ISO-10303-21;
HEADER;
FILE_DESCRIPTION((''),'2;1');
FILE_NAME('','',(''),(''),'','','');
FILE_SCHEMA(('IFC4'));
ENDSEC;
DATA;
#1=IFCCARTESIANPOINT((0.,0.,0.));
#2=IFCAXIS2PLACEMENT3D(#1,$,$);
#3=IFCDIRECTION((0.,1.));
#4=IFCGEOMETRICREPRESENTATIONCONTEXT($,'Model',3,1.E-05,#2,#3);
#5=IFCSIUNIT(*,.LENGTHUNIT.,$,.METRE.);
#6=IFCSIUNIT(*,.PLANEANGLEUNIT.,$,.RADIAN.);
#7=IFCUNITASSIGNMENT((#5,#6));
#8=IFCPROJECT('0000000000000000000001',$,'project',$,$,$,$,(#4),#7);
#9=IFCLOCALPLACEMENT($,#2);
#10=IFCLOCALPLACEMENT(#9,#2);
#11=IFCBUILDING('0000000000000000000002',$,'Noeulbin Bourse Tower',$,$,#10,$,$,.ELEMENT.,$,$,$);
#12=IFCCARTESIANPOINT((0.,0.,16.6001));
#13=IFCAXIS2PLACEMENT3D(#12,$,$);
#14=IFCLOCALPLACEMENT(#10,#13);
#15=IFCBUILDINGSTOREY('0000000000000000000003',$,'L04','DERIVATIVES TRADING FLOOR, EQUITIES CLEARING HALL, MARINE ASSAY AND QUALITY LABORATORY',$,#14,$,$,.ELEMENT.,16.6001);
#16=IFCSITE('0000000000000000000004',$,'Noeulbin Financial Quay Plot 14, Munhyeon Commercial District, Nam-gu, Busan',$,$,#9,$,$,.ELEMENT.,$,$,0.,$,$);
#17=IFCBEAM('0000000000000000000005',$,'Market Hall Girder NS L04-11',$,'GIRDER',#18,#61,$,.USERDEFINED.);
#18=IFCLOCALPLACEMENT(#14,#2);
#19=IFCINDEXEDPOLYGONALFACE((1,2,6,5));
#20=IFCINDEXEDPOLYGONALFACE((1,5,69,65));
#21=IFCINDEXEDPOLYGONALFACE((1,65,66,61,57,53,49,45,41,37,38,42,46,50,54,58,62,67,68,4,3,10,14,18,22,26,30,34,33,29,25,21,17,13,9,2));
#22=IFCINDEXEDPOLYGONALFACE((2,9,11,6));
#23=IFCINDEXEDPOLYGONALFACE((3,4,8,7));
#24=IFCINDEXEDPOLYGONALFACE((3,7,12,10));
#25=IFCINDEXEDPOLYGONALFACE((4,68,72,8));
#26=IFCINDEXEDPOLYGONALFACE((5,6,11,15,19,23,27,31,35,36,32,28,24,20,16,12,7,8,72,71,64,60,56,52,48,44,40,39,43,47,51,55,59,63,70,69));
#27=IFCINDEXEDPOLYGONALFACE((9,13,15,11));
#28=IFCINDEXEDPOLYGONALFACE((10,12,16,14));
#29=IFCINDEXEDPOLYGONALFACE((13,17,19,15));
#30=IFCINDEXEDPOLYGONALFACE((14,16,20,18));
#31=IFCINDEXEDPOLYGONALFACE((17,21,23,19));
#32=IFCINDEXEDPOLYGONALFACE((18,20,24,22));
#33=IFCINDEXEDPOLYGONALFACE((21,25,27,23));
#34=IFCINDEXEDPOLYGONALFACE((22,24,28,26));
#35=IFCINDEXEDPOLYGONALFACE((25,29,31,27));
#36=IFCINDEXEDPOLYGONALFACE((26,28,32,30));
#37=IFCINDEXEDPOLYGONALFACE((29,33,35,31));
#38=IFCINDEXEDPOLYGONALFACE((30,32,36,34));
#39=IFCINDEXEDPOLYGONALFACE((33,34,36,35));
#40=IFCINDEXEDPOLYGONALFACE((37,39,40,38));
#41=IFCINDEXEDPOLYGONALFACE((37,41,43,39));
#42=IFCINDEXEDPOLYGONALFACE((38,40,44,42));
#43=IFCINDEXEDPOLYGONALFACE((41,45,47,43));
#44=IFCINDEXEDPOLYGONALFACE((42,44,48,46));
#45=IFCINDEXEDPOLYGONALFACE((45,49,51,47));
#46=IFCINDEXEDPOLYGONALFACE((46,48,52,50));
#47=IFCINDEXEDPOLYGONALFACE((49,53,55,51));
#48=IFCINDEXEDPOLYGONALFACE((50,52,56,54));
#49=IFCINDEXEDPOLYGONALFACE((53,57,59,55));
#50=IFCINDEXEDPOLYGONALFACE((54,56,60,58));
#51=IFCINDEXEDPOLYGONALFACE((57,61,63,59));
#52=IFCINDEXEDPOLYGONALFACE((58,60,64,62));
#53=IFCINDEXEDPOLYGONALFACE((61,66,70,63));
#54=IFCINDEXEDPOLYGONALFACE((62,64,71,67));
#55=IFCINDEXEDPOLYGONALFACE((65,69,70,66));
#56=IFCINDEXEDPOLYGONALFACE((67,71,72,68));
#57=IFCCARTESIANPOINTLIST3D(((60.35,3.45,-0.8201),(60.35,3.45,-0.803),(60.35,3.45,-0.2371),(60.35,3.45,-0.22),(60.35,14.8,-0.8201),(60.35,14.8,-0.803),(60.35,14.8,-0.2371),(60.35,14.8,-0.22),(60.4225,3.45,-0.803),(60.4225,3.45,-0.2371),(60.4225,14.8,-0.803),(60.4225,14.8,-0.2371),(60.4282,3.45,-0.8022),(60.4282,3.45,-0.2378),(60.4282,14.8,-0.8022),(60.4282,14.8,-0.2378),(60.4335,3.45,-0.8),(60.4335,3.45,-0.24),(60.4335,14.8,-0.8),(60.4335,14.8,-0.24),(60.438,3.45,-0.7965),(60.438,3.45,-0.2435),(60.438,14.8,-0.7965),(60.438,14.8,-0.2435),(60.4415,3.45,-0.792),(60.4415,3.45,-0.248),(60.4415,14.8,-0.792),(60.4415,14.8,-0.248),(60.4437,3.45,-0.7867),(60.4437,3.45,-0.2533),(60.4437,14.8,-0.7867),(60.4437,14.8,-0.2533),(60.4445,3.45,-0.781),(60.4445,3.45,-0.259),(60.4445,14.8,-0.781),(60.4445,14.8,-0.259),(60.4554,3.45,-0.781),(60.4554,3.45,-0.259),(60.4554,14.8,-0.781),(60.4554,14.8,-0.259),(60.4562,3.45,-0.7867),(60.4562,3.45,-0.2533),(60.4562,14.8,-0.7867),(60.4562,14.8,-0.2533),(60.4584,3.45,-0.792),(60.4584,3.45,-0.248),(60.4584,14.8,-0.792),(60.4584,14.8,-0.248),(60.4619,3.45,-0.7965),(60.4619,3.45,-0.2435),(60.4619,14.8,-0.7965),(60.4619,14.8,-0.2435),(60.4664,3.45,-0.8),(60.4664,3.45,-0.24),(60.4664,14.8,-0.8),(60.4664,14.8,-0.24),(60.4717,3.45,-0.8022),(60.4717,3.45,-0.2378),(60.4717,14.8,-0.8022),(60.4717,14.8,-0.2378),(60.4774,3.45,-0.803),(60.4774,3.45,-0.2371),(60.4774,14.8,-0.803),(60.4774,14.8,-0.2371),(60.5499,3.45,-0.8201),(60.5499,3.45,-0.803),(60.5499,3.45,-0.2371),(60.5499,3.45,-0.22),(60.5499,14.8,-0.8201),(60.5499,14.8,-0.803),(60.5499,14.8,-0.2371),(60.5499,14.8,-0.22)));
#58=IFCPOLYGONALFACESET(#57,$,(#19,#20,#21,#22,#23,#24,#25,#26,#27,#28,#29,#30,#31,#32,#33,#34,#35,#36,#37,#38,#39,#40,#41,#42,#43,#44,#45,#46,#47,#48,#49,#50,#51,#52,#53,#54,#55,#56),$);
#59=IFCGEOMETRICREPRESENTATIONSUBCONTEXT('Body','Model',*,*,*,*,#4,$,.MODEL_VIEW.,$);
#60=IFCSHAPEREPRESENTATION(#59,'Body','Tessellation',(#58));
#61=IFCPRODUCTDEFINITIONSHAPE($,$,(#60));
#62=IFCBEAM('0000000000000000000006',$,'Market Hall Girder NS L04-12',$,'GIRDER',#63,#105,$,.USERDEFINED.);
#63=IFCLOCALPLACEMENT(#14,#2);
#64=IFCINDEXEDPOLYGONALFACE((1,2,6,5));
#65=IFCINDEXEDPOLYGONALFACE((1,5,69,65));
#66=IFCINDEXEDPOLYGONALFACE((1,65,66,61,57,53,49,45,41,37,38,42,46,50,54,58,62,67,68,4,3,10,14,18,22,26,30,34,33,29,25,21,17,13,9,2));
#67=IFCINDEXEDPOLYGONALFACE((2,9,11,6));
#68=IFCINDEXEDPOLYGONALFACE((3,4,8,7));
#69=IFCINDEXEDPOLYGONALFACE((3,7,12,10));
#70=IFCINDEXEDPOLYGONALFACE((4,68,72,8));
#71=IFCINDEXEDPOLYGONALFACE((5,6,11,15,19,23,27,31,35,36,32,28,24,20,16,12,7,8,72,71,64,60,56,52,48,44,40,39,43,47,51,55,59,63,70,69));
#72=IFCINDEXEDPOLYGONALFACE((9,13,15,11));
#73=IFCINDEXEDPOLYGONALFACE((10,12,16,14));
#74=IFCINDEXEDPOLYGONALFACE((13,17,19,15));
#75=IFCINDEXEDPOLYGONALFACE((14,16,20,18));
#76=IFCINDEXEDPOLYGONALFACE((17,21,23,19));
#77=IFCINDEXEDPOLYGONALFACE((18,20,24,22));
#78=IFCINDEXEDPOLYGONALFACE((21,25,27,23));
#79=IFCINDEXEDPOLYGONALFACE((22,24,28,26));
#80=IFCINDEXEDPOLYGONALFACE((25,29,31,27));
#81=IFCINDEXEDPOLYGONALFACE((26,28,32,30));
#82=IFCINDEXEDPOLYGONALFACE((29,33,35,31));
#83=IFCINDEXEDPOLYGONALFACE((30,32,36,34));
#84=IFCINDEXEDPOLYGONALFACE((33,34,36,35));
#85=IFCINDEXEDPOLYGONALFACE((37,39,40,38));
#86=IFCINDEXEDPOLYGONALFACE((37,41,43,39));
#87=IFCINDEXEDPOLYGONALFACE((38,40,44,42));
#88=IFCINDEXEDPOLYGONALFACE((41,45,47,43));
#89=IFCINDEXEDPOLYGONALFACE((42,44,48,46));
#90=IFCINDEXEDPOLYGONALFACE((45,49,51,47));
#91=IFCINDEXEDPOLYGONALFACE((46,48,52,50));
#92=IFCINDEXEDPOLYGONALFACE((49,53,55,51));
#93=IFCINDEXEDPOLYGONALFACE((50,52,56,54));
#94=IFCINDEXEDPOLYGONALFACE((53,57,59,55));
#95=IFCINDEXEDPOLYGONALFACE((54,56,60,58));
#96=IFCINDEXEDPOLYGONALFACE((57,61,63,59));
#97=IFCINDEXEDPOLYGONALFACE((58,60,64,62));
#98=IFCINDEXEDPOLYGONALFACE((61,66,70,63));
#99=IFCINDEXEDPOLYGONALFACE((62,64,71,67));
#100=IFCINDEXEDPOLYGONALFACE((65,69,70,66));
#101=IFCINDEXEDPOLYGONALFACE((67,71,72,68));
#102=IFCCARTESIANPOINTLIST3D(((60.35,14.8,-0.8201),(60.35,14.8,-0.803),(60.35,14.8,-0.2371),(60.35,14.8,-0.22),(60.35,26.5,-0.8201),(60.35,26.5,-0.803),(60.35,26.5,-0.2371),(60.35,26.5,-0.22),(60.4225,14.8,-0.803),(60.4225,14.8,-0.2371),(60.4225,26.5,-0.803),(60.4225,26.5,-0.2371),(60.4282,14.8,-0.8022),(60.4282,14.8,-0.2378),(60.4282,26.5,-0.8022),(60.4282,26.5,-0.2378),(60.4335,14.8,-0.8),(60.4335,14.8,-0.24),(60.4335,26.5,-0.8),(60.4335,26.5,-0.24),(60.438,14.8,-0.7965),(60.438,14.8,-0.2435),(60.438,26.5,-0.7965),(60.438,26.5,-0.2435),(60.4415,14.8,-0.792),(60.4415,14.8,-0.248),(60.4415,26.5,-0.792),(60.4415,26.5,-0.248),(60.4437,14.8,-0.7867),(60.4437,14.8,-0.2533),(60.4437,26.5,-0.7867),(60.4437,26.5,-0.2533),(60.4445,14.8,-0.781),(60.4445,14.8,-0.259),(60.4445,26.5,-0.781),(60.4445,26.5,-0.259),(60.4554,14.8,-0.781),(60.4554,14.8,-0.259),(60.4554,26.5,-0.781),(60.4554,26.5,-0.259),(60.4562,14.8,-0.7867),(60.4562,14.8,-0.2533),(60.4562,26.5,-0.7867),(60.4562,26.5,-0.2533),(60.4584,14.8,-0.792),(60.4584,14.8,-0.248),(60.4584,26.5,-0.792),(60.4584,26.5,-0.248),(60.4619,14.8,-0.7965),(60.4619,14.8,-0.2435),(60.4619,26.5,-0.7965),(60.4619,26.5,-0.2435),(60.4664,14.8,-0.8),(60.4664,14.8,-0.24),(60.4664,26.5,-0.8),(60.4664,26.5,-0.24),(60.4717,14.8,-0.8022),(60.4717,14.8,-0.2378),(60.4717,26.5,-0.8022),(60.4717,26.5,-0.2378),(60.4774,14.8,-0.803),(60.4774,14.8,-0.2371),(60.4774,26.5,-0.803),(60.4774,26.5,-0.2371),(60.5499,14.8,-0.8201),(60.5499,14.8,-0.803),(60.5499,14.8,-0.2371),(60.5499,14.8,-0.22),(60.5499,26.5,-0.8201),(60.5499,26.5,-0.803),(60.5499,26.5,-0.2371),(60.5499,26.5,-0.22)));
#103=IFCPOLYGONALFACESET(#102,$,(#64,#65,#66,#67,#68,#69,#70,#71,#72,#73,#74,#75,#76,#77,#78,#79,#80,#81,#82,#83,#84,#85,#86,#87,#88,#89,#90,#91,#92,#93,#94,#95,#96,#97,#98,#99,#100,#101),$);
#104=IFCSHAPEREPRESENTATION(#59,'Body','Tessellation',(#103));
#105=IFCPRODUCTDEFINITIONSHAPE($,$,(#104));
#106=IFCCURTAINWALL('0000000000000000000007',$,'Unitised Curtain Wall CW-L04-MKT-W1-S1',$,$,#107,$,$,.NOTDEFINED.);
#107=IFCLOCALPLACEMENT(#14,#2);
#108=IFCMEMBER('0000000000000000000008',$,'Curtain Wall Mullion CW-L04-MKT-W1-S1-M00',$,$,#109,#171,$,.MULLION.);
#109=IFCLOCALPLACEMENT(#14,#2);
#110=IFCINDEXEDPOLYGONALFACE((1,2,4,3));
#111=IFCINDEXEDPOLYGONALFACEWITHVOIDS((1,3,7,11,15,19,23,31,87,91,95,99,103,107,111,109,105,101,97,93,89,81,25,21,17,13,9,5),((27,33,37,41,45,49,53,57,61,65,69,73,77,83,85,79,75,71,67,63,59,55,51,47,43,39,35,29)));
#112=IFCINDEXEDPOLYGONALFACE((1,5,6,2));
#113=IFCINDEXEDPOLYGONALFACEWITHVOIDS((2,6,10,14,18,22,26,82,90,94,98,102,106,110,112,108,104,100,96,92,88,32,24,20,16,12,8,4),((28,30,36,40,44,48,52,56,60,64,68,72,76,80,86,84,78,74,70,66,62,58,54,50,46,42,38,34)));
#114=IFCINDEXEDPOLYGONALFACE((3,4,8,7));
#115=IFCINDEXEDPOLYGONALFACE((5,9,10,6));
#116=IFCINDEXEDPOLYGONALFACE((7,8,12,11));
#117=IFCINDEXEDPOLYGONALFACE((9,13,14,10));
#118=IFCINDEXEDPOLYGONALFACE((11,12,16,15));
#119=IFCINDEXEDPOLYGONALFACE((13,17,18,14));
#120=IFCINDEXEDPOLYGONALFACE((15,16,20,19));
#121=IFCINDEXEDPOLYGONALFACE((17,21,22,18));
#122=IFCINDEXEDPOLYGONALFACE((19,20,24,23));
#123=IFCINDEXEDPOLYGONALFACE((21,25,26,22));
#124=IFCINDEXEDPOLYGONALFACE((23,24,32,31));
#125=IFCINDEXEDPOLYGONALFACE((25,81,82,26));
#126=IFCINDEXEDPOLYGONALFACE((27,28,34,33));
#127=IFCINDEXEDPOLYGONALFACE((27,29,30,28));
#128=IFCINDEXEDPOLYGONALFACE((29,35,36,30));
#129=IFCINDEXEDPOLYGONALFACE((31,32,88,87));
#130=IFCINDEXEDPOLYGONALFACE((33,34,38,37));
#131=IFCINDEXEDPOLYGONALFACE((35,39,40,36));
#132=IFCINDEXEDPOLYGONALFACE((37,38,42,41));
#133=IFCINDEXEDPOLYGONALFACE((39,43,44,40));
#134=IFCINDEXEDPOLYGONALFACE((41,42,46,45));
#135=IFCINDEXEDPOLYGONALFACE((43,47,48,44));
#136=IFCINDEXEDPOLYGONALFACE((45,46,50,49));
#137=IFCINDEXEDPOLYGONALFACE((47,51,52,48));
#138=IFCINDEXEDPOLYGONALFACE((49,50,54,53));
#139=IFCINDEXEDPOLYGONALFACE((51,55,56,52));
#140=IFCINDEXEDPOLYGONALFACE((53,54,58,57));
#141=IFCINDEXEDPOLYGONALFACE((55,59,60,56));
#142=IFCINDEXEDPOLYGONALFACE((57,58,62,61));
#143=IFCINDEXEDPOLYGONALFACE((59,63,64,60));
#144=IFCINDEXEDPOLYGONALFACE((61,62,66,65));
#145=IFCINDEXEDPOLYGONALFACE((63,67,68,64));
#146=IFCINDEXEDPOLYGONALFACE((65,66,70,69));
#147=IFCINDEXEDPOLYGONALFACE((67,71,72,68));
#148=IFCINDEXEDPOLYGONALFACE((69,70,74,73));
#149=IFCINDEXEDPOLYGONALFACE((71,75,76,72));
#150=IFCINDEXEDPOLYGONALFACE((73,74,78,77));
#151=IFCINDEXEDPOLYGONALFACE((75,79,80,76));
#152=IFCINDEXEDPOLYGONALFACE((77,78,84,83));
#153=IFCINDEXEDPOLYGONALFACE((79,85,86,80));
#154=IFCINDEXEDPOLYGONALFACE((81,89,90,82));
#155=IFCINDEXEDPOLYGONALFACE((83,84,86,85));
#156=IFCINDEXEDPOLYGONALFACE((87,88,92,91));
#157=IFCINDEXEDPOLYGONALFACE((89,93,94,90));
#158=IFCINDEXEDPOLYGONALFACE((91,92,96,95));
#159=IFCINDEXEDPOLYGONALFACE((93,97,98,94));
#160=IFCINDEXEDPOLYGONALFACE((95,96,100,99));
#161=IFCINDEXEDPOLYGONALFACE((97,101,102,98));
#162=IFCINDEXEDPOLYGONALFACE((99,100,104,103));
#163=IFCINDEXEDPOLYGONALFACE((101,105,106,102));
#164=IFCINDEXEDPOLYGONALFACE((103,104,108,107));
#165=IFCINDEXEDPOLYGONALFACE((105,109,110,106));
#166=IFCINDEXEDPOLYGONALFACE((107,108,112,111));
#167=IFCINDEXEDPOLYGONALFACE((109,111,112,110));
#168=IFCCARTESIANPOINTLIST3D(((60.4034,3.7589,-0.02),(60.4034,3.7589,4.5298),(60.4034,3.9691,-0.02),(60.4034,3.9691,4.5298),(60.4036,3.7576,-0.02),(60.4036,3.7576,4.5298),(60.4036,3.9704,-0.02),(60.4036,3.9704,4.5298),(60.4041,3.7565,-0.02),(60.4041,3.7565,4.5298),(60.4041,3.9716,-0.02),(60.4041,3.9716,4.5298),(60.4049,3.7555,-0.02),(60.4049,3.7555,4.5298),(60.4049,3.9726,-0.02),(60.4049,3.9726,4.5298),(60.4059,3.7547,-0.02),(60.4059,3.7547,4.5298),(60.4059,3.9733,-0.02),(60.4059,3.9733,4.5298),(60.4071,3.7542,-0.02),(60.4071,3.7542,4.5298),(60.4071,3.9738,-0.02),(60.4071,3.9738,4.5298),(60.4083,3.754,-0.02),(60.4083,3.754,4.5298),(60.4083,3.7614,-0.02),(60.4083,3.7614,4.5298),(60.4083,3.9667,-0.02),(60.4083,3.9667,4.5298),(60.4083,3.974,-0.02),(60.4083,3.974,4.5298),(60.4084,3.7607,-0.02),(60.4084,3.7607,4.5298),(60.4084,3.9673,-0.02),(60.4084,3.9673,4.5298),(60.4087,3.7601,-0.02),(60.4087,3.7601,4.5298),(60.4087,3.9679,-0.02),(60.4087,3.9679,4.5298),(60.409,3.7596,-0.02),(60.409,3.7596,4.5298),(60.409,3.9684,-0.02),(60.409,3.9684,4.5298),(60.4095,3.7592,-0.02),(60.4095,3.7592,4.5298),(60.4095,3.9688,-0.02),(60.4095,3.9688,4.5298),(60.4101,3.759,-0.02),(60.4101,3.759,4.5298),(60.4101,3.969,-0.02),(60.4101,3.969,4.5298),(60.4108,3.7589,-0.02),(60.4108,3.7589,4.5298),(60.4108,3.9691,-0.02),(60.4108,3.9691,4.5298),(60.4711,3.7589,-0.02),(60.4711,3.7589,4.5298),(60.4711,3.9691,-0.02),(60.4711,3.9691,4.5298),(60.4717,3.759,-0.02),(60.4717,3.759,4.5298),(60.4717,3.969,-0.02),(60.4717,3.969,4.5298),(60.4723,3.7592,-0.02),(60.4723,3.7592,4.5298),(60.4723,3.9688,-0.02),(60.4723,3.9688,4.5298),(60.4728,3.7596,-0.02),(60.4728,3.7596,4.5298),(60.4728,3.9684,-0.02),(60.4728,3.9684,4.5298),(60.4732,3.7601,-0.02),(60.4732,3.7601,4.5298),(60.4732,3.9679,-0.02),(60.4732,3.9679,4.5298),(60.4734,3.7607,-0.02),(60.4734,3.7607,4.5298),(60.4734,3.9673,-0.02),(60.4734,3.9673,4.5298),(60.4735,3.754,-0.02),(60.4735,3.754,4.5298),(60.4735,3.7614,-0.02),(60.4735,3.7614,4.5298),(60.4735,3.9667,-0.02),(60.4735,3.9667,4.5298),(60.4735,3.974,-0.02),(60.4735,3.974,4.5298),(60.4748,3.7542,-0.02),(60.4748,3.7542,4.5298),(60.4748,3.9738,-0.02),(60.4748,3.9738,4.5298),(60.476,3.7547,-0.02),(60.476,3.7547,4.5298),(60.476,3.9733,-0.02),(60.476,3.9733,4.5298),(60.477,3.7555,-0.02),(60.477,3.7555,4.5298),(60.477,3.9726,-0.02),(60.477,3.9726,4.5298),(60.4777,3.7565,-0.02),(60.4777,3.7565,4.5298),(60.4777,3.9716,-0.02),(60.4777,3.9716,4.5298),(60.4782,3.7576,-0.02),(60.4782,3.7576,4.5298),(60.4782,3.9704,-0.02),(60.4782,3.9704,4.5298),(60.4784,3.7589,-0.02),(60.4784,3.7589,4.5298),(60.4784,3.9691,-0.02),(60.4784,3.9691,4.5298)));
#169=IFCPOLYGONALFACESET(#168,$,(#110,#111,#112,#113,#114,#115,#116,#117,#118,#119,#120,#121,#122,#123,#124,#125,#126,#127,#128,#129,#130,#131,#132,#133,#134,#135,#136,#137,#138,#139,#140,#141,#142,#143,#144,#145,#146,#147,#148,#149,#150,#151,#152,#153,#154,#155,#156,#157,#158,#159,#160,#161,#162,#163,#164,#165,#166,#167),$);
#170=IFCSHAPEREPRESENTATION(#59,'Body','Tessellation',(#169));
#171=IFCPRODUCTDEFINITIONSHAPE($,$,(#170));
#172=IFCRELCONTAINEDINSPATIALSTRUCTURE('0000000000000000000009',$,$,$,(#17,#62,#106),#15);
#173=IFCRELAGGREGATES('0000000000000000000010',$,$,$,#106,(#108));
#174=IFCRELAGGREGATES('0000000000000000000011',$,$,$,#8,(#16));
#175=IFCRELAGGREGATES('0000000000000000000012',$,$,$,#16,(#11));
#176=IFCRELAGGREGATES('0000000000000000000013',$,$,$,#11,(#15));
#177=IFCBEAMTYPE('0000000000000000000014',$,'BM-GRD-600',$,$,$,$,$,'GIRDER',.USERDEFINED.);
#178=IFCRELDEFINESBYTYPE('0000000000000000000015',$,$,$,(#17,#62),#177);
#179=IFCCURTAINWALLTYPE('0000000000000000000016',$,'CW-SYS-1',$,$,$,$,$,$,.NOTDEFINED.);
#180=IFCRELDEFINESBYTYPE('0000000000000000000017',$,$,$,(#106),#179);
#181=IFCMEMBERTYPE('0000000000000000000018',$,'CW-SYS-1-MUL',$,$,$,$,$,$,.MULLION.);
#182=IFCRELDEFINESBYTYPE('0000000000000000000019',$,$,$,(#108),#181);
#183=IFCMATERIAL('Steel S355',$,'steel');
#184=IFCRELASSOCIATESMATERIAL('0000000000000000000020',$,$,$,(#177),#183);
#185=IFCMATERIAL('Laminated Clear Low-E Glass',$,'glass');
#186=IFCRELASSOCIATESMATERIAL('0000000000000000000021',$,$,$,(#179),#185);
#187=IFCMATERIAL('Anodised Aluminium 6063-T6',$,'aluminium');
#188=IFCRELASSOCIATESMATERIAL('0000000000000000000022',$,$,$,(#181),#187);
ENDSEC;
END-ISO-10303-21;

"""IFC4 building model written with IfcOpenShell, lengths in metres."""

from ifc_helpers import new_model, si_unit, direction, frame, origin, origin_2d, place, context, subcontext, project, spatial, hollow_rectangle, i_section, extrude, material, material_profile, profile_set, type_object, element, aggregate, save


model = new_model("IFC4")

# Units and contexts
model_context = context("Model", 3, precision=1e-05, world=origin(), true_north=direction((0.0, 1.0)))
body_context = subcontext(model_context, "Body", "Model", "MODEL_VIEW")
ifc_project = project(units=[si_unit("LENGTHUNIT", "METRE"), si_unit("PLANEANGLEUNIT", "RADIAN")], contexts=[model_context])

# Site, building, storey
site_placement = place(None, origin())
site = spatial("IfcSite", under=ifc_project, at=site_placement, Name="Noeulbin Financial Quay Plot 14, Munhyeon Commercial District, Nam-gu, Busan", CompositionType="ELEMENT", RefElevation=0.0)
building_placement = place(site_placement, origin())
building = spatial("IfcBuilding", under=site, at=building_placement, Name="Noeulbin Bourse Tower", CompositionType="ELEMENT")
storey_placement = place(building_placement, frame((0.0, 0.0, 16.6001)))
storey = spatial("IfcBuildingStorey", under=building, at=storey_placement, Name="L04", Description="DERIVATIVES TRADING FLOOR, EQUITIES CLEARING HALL, MARINE ASSAY AND QUALITY LABORATORY", CompositionType="ELEMENT", Elevation=16.6001)

# Shared definitions
ifc_material_1 = material(Name="Steel S355", Category="steel")

# Beams
ifc_material_profile_1 = material_profile(ifc_material_1, i_section(OverallWidth=0.2, OverallDepth=0.6001, WebThickness=0.011, FlangeThickness=0.0171, FilletRadius=0.022, at=origin_2d()), Name="H-600x200x11x17", Category="LoadBearing")
ifc_profile_set_1 = profile_set([ifc_material_profile_1], Name="Steel S355")
beam_type = type_object("IfcBeamType", Name="BM-GRD-600", ElementType="GIRDER", PredefinedType="USERDEFINED", material=ifc_profile_set_1)
beam_1_placement = place(storey_placement, frame((60.45, 3.45, -0.52), z_axis=(0.0, 1.0, 0.0), x_axis=(-1.0, 0.0, 0.0)))
element("IfcBeam", 1, at=beam_1_placement, inside=storey, type_object=beam_type, Name="Market Hall Girder NS L04-11", ObjectType="GIRDER", PredefinedType="USERDEFINED", context=body_context, shape_type="SweptSolid", body=[
    extrude(i_section(OverallWidth=0.2, OverallDepth=0.6001, WebThickness=0.011, FlangeThickness=0.0171, FilletRadius=0.022, at=origin_2d()), origin(), (0.0, 0.0, 1.0), 11.3501),
])
beam_2_placement = place(storey_placement, frame((60.45, 14.8, -0.52), z_axis=(0.0, 1.0, 0.0), x_axis=(-1.0, 0.0, 0.0)))
element("IfcBeam", 2, at=beam_2_placement, inside=storey, type_object=beam_type, Name="Market Hall Girder NS L04-12", ObjectType="GIRDER", PredefinedType="USERDEFINED", context=body_context, shape_type="SweptSolid", body=[
    extrude(i_section(OverallWidth=0.2, OverallDepth=0.6001, WebThickness=0.011, FlangeThickness=0.0171, FilletRadius=0.022, at=origin_2d()), origin(), (0.0, 0.0, 1.0), 11.7),
])

# Curtain wall, member
ifc_material_2 = material(Name="Laminated Clear Low-E Glass", Category="glass")
curtain_wall_type = type_object("IfcCurtainWallType", Name="CW-SYS-1", PredefinedType="NOTDEFINED", material=ifc_material_2)
curtain_wall_1_placement = place(storey_placement, origin())
curtain_wall_1 = element("IfcCurtainWall", 3, at=curtain_wall_1_placement, inside=storey, type_object=curtain_wall_type, Name="Unitised Curtain Wall CW-L04-MKT-W1-S1", PredefinedType="NOTDEFINED")
ifc_material_3 = material(Name="Anodised Aluminium 6063-T6", Category="aluminium")
ifc_material_profile_2 = material_profile(ifc_material_3, hollow_rectangle(XDim=0.075, YDim=0.22, WallThickness=0.0049, InnerFilletRadius=0.0024, OuterFilletRadius=0.0049, at=origin_2d()), Name="ALU-MULL-75x220x5", Category="LoadBearing")
ifc_profile_set_2 = profile_set([ifc_material_profile_2], Name="Anodised Aluminium 6063-T6")
member_type_1 = type_object("IfcMemberType", Name="CW-SYS-1-MUL", PredefinedType="MULLION", material=ifc_profile_set_2)
member_1_placement = place(storey_placement, frame((60.4409, 3.864, -0.02), z_axis=(0.0, 0.0, 1.0), x_axis=(1.0, 0.0, 0.0)))
member_1 = element("IfcMember", 4, at=member_1_placement, type_object=member_type_1, Name="Curtain Wall Mullion CW-L04-MKT-W1-S1-M00", PredefinedType="MULLION", context=body_context, shape_type="SweptSolid", body=[
    extrude(hollow_rectangle(XDim=0.075, YDim=0.22, WallThickness=0.0049, InnerFilletRadius=0.0024, OuterFilletRadius=0.0049, at=origin_2d()), origin(), (0.0, 0.0, 1.0), 4.5498),
])

aggregate(curtain_wall_1, [member_1])

save(model, "model.ifc")
